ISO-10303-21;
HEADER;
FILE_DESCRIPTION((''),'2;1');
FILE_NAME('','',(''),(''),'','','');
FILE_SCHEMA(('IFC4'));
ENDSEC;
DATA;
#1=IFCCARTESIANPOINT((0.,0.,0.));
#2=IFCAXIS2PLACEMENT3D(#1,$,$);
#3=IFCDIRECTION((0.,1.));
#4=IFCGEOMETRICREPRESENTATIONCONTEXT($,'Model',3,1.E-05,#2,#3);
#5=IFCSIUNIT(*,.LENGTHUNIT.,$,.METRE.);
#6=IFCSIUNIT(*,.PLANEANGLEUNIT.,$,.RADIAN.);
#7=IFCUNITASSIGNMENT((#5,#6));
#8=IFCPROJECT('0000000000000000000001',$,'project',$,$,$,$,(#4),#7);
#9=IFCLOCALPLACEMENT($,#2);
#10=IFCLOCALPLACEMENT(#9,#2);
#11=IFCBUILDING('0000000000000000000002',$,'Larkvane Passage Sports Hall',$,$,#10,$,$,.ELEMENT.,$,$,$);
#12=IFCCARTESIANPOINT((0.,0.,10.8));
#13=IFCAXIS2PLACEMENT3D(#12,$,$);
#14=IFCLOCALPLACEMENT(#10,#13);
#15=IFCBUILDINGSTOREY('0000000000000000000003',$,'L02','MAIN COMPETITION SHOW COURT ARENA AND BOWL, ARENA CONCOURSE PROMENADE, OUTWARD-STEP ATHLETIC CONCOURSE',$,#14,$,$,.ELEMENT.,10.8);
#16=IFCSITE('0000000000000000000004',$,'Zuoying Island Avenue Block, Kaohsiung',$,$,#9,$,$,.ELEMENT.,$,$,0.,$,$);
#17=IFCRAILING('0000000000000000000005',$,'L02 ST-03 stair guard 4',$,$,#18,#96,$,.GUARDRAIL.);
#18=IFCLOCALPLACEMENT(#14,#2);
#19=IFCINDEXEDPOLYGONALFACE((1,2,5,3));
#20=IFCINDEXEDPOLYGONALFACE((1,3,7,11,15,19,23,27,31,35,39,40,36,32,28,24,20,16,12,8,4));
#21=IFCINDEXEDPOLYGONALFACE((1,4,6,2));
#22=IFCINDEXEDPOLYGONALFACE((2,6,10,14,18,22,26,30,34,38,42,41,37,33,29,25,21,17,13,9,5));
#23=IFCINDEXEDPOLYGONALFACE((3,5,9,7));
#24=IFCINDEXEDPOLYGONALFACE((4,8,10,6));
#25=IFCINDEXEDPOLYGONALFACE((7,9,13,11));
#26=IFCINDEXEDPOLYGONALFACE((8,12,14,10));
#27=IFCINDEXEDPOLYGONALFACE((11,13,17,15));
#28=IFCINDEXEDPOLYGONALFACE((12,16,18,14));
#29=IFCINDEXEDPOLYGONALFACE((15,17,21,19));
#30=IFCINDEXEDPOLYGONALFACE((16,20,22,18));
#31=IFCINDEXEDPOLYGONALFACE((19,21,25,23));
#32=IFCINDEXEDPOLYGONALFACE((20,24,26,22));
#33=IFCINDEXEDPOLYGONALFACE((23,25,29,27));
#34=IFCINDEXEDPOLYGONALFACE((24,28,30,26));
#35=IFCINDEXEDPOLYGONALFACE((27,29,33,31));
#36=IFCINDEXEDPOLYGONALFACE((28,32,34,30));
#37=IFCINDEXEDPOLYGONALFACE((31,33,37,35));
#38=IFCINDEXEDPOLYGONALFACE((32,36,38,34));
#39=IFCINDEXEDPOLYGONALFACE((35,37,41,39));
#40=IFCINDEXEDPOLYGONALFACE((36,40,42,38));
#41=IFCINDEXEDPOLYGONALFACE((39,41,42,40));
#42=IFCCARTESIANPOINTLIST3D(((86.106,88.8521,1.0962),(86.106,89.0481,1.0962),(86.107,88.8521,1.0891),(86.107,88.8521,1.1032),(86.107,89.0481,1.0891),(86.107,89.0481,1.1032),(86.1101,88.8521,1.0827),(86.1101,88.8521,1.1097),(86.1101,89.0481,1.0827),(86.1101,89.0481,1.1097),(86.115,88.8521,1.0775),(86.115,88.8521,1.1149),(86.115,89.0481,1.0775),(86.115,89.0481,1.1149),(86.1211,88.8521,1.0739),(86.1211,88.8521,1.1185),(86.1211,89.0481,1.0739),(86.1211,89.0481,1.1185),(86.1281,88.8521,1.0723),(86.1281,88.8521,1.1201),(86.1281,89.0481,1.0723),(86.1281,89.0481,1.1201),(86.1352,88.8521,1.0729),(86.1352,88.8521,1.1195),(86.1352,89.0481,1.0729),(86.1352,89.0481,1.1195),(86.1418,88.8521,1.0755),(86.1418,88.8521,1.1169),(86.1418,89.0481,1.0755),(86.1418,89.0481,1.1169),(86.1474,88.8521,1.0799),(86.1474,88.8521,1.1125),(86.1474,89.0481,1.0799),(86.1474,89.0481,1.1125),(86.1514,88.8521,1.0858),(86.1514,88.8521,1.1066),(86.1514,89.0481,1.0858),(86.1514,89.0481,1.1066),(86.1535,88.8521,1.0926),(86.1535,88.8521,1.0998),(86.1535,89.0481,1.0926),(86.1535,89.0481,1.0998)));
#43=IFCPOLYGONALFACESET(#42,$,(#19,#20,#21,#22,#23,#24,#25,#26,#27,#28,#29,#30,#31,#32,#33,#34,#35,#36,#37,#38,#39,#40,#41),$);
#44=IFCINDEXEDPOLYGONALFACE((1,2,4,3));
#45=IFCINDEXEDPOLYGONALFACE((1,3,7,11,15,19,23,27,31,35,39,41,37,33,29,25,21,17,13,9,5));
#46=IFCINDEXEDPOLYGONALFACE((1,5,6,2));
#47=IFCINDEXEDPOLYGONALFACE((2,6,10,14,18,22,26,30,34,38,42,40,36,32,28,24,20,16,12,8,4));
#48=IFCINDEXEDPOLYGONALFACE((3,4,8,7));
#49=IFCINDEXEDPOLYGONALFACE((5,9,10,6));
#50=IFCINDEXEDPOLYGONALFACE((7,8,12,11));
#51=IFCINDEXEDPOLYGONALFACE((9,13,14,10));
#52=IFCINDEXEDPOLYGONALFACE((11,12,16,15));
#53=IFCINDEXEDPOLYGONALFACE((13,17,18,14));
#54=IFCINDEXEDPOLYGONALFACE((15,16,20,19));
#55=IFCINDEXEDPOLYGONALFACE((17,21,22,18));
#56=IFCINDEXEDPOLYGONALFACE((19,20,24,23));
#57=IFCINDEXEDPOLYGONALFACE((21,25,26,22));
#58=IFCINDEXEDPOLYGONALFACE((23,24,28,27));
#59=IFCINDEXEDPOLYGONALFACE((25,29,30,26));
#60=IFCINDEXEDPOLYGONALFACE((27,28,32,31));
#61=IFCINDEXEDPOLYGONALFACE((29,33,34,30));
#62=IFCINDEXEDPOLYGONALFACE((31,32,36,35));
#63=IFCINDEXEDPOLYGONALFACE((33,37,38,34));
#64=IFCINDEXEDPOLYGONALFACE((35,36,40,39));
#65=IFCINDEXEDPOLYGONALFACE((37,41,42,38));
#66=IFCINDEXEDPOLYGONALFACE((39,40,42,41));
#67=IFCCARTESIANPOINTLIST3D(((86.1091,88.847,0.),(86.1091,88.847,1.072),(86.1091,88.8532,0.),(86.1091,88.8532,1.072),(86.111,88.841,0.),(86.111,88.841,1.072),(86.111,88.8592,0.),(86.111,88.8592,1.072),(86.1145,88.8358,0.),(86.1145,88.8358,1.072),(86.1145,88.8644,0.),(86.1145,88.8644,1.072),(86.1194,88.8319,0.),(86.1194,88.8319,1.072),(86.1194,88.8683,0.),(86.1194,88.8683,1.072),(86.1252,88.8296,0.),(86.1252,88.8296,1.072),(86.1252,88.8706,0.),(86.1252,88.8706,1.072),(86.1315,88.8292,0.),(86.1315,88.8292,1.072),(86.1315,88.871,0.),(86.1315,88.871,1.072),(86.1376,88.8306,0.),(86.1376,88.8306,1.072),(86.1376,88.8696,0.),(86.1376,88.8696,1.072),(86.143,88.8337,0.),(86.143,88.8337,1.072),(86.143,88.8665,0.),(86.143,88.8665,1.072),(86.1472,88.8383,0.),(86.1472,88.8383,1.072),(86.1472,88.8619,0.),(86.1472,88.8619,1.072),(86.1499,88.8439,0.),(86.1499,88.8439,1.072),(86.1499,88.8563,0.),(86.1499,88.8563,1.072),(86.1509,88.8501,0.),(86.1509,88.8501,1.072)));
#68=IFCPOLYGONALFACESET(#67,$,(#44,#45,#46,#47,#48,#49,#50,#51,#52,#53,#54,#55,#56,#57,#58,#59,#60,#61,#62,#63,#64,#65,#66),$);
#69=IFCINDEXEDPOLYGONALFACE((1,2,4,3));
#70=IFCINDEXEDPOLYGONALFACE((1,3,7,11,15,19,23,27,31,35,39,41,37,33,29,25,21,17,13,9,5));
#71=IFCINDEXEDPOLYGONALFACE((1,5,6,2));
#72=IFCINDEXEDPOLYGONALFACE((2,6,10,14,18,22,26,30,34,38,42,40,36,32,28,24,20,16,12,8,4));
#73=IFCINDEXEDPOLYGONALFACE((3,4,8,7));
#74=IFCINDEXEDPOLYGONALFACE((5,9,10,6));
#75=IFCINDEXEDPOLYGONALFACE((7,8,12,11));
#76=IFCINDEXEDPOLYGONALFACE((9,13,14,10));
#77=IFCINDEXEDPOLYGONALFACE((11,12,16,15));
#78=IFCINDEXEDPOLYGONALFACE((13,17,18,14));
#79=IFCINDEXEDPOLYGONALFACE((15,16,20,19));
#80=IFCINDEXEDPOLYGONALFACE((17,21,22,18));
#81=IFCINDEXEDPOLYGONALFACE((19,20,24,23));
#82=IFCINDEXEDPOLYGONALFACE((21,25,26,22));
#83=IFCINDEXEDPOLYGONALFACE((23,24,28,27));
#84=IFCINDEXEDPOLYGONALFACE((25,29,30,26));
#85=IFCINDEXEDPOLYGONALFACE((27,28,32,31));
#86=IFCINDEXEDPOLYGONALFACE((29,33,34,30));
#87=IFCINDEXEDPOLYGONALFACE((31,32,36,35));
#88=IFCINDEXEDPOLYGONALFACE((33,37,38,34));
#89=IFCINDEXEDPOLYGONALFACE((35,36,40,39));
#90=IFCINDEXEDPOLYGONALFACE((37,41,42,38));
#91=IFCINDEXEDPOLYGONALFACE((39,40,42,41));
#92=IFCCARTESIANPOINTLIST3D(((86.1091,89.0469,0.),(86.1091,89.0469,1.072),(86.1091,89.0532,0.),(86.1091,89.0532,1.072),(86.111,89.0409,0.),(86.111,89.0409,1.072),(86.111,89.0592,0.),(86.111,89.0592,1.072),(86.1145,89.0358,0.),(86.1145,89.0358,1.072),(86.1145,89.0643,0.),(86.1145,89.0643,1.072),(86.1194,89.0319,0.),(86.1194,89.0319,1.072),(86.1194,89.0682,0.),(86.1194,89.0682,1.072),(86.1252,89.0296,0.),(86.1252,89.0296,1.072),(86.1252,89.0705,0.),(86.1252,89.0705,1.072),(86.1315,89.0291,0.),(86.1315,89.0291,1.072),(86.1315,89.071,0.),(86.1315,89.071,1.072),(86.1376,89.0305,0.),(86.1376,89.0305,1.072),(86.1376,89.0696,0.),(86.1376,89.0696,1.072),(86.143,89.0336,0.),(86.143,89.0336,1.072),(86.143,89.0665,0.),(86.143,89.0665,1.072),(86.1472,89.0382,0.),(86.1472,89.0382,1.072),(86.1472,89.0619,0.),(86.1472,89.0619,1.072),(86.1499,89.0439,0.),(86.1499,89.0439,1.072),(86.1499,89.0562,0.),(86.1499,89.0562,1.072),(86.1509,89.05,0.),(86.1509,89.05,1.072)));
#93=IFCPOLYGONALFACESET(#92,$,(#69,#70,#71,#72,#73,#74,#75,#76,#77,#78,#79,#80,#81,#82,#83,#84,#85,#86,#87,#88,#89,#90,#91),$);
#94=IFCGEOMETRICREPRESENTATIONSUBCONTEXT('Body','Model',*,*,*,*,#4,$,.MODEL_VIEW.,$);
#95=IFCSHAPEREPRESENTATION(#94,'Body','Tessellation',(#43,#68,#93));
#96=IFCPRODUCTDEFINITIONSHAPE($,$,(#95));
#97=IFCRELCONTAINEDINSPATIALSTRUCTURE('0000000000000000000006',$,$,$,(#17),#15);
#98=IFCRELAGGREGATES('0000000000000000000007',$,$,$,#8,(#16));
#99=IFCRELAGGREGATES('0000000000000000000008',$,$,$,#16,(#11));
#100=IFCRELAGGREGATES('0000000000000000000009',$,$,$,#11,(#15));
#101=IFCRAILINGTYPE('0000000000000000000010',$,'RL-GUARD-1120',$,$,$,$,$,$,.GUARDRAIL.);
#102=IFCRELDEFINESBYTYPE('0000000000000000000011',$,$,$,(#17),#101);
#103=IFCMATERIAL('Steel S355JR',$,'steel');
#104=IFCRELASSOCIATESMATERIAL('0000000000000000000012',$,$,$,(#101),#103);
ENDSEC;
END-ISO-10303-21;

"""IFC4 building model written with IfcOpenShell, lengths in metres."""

from ifc_helpers import new_model, si_unit, direction, frame, origin, origin_2d, place, context, subcontext, project, spatial, circle, extrude, material, type_object, element, save


model = new_model("IFC4")

# Units and contexts
model_context = context("Model", 3, precision=1e-05, world=origin(), true_north=direction((0.0, 1.0)))
body_context = subcontext(model_context, "Body", "Model", "MODEL_VIEW")
ifc_project = project(units=[si_unit("LENGTHUNIT", "METRE"), si_unit("PLANEANGLEUNIT", "RADIAN")], contexts=[model_context])

# Site, building, storey
site_placement = place(None, origin())
site = spatial("IfcSite", under=ifc_project, at=site_placement, Name="Zuoying Island Avenue Block, Kaohsiung", CompositionType="ELEMENT", RefElevation=0.0)
building_placement = place(site_placement, origin())
building = spatial("IfcBuilding", under=site, at=building_placement, Name="Larkvane Passage Sports Hall", CompositionType="ELEMENT")
storey_placement = place(building_placement, frame((0.0, 0.0, 10.8)))
storey = spatial("IfcBuildingStorey", under=building, at=storey_placement, Name="L02", Description="MAIN COMPETITION SHOW COURT ARENA AND BOWL, ARENA CONCOURSE PROMENADE, OUTWARD-STEP ATHLETIC CONCOURSE", CompositionType="ELEMENT", Elevation=10.8)

# Shared definitions
ifc_material_1 = material(Name="Steel S355JR", Category="steel")

# Railing
railing_type_1 = type_object("IfcRailingType", Name="RL-GUARD-1120", PredefinedType="GUARDRAIL", material=ifc_material_1)
railing_1_placement = place(storey_placement, frame((86.1299, 88.8501, 0.0)))
element("IfcRailing", 1, at=railing_1_placement, inside=storey, type_object=railing_type_1, Name="L02 ST-03 stair guard 4", PredefinedType="GUARDRAIL", context=body_context, shape_type="SweptSolid", body=[
    extrude(circle(Radius=0.0239, at=origin_2d()), frame((0.0, 0.002, 1.0962), z_axis=(0.0, 1.0, 0.0), x_axis=(-1.0, 0.0, 0.0)), (0.0, 0.0, 1.0), 0.196),
    extrude(circle(Radius=0.021, at=origin_2d()), origin(), (0.0, 0.0, 1.0), 1.072),
    extrude(circle(Radius=0.021, at=origin_2d()), frame((0.0, 0.2, 0.0)), (0.0, 0.0, 1.0), 1.072),
])

save(model, "model.ifc")
